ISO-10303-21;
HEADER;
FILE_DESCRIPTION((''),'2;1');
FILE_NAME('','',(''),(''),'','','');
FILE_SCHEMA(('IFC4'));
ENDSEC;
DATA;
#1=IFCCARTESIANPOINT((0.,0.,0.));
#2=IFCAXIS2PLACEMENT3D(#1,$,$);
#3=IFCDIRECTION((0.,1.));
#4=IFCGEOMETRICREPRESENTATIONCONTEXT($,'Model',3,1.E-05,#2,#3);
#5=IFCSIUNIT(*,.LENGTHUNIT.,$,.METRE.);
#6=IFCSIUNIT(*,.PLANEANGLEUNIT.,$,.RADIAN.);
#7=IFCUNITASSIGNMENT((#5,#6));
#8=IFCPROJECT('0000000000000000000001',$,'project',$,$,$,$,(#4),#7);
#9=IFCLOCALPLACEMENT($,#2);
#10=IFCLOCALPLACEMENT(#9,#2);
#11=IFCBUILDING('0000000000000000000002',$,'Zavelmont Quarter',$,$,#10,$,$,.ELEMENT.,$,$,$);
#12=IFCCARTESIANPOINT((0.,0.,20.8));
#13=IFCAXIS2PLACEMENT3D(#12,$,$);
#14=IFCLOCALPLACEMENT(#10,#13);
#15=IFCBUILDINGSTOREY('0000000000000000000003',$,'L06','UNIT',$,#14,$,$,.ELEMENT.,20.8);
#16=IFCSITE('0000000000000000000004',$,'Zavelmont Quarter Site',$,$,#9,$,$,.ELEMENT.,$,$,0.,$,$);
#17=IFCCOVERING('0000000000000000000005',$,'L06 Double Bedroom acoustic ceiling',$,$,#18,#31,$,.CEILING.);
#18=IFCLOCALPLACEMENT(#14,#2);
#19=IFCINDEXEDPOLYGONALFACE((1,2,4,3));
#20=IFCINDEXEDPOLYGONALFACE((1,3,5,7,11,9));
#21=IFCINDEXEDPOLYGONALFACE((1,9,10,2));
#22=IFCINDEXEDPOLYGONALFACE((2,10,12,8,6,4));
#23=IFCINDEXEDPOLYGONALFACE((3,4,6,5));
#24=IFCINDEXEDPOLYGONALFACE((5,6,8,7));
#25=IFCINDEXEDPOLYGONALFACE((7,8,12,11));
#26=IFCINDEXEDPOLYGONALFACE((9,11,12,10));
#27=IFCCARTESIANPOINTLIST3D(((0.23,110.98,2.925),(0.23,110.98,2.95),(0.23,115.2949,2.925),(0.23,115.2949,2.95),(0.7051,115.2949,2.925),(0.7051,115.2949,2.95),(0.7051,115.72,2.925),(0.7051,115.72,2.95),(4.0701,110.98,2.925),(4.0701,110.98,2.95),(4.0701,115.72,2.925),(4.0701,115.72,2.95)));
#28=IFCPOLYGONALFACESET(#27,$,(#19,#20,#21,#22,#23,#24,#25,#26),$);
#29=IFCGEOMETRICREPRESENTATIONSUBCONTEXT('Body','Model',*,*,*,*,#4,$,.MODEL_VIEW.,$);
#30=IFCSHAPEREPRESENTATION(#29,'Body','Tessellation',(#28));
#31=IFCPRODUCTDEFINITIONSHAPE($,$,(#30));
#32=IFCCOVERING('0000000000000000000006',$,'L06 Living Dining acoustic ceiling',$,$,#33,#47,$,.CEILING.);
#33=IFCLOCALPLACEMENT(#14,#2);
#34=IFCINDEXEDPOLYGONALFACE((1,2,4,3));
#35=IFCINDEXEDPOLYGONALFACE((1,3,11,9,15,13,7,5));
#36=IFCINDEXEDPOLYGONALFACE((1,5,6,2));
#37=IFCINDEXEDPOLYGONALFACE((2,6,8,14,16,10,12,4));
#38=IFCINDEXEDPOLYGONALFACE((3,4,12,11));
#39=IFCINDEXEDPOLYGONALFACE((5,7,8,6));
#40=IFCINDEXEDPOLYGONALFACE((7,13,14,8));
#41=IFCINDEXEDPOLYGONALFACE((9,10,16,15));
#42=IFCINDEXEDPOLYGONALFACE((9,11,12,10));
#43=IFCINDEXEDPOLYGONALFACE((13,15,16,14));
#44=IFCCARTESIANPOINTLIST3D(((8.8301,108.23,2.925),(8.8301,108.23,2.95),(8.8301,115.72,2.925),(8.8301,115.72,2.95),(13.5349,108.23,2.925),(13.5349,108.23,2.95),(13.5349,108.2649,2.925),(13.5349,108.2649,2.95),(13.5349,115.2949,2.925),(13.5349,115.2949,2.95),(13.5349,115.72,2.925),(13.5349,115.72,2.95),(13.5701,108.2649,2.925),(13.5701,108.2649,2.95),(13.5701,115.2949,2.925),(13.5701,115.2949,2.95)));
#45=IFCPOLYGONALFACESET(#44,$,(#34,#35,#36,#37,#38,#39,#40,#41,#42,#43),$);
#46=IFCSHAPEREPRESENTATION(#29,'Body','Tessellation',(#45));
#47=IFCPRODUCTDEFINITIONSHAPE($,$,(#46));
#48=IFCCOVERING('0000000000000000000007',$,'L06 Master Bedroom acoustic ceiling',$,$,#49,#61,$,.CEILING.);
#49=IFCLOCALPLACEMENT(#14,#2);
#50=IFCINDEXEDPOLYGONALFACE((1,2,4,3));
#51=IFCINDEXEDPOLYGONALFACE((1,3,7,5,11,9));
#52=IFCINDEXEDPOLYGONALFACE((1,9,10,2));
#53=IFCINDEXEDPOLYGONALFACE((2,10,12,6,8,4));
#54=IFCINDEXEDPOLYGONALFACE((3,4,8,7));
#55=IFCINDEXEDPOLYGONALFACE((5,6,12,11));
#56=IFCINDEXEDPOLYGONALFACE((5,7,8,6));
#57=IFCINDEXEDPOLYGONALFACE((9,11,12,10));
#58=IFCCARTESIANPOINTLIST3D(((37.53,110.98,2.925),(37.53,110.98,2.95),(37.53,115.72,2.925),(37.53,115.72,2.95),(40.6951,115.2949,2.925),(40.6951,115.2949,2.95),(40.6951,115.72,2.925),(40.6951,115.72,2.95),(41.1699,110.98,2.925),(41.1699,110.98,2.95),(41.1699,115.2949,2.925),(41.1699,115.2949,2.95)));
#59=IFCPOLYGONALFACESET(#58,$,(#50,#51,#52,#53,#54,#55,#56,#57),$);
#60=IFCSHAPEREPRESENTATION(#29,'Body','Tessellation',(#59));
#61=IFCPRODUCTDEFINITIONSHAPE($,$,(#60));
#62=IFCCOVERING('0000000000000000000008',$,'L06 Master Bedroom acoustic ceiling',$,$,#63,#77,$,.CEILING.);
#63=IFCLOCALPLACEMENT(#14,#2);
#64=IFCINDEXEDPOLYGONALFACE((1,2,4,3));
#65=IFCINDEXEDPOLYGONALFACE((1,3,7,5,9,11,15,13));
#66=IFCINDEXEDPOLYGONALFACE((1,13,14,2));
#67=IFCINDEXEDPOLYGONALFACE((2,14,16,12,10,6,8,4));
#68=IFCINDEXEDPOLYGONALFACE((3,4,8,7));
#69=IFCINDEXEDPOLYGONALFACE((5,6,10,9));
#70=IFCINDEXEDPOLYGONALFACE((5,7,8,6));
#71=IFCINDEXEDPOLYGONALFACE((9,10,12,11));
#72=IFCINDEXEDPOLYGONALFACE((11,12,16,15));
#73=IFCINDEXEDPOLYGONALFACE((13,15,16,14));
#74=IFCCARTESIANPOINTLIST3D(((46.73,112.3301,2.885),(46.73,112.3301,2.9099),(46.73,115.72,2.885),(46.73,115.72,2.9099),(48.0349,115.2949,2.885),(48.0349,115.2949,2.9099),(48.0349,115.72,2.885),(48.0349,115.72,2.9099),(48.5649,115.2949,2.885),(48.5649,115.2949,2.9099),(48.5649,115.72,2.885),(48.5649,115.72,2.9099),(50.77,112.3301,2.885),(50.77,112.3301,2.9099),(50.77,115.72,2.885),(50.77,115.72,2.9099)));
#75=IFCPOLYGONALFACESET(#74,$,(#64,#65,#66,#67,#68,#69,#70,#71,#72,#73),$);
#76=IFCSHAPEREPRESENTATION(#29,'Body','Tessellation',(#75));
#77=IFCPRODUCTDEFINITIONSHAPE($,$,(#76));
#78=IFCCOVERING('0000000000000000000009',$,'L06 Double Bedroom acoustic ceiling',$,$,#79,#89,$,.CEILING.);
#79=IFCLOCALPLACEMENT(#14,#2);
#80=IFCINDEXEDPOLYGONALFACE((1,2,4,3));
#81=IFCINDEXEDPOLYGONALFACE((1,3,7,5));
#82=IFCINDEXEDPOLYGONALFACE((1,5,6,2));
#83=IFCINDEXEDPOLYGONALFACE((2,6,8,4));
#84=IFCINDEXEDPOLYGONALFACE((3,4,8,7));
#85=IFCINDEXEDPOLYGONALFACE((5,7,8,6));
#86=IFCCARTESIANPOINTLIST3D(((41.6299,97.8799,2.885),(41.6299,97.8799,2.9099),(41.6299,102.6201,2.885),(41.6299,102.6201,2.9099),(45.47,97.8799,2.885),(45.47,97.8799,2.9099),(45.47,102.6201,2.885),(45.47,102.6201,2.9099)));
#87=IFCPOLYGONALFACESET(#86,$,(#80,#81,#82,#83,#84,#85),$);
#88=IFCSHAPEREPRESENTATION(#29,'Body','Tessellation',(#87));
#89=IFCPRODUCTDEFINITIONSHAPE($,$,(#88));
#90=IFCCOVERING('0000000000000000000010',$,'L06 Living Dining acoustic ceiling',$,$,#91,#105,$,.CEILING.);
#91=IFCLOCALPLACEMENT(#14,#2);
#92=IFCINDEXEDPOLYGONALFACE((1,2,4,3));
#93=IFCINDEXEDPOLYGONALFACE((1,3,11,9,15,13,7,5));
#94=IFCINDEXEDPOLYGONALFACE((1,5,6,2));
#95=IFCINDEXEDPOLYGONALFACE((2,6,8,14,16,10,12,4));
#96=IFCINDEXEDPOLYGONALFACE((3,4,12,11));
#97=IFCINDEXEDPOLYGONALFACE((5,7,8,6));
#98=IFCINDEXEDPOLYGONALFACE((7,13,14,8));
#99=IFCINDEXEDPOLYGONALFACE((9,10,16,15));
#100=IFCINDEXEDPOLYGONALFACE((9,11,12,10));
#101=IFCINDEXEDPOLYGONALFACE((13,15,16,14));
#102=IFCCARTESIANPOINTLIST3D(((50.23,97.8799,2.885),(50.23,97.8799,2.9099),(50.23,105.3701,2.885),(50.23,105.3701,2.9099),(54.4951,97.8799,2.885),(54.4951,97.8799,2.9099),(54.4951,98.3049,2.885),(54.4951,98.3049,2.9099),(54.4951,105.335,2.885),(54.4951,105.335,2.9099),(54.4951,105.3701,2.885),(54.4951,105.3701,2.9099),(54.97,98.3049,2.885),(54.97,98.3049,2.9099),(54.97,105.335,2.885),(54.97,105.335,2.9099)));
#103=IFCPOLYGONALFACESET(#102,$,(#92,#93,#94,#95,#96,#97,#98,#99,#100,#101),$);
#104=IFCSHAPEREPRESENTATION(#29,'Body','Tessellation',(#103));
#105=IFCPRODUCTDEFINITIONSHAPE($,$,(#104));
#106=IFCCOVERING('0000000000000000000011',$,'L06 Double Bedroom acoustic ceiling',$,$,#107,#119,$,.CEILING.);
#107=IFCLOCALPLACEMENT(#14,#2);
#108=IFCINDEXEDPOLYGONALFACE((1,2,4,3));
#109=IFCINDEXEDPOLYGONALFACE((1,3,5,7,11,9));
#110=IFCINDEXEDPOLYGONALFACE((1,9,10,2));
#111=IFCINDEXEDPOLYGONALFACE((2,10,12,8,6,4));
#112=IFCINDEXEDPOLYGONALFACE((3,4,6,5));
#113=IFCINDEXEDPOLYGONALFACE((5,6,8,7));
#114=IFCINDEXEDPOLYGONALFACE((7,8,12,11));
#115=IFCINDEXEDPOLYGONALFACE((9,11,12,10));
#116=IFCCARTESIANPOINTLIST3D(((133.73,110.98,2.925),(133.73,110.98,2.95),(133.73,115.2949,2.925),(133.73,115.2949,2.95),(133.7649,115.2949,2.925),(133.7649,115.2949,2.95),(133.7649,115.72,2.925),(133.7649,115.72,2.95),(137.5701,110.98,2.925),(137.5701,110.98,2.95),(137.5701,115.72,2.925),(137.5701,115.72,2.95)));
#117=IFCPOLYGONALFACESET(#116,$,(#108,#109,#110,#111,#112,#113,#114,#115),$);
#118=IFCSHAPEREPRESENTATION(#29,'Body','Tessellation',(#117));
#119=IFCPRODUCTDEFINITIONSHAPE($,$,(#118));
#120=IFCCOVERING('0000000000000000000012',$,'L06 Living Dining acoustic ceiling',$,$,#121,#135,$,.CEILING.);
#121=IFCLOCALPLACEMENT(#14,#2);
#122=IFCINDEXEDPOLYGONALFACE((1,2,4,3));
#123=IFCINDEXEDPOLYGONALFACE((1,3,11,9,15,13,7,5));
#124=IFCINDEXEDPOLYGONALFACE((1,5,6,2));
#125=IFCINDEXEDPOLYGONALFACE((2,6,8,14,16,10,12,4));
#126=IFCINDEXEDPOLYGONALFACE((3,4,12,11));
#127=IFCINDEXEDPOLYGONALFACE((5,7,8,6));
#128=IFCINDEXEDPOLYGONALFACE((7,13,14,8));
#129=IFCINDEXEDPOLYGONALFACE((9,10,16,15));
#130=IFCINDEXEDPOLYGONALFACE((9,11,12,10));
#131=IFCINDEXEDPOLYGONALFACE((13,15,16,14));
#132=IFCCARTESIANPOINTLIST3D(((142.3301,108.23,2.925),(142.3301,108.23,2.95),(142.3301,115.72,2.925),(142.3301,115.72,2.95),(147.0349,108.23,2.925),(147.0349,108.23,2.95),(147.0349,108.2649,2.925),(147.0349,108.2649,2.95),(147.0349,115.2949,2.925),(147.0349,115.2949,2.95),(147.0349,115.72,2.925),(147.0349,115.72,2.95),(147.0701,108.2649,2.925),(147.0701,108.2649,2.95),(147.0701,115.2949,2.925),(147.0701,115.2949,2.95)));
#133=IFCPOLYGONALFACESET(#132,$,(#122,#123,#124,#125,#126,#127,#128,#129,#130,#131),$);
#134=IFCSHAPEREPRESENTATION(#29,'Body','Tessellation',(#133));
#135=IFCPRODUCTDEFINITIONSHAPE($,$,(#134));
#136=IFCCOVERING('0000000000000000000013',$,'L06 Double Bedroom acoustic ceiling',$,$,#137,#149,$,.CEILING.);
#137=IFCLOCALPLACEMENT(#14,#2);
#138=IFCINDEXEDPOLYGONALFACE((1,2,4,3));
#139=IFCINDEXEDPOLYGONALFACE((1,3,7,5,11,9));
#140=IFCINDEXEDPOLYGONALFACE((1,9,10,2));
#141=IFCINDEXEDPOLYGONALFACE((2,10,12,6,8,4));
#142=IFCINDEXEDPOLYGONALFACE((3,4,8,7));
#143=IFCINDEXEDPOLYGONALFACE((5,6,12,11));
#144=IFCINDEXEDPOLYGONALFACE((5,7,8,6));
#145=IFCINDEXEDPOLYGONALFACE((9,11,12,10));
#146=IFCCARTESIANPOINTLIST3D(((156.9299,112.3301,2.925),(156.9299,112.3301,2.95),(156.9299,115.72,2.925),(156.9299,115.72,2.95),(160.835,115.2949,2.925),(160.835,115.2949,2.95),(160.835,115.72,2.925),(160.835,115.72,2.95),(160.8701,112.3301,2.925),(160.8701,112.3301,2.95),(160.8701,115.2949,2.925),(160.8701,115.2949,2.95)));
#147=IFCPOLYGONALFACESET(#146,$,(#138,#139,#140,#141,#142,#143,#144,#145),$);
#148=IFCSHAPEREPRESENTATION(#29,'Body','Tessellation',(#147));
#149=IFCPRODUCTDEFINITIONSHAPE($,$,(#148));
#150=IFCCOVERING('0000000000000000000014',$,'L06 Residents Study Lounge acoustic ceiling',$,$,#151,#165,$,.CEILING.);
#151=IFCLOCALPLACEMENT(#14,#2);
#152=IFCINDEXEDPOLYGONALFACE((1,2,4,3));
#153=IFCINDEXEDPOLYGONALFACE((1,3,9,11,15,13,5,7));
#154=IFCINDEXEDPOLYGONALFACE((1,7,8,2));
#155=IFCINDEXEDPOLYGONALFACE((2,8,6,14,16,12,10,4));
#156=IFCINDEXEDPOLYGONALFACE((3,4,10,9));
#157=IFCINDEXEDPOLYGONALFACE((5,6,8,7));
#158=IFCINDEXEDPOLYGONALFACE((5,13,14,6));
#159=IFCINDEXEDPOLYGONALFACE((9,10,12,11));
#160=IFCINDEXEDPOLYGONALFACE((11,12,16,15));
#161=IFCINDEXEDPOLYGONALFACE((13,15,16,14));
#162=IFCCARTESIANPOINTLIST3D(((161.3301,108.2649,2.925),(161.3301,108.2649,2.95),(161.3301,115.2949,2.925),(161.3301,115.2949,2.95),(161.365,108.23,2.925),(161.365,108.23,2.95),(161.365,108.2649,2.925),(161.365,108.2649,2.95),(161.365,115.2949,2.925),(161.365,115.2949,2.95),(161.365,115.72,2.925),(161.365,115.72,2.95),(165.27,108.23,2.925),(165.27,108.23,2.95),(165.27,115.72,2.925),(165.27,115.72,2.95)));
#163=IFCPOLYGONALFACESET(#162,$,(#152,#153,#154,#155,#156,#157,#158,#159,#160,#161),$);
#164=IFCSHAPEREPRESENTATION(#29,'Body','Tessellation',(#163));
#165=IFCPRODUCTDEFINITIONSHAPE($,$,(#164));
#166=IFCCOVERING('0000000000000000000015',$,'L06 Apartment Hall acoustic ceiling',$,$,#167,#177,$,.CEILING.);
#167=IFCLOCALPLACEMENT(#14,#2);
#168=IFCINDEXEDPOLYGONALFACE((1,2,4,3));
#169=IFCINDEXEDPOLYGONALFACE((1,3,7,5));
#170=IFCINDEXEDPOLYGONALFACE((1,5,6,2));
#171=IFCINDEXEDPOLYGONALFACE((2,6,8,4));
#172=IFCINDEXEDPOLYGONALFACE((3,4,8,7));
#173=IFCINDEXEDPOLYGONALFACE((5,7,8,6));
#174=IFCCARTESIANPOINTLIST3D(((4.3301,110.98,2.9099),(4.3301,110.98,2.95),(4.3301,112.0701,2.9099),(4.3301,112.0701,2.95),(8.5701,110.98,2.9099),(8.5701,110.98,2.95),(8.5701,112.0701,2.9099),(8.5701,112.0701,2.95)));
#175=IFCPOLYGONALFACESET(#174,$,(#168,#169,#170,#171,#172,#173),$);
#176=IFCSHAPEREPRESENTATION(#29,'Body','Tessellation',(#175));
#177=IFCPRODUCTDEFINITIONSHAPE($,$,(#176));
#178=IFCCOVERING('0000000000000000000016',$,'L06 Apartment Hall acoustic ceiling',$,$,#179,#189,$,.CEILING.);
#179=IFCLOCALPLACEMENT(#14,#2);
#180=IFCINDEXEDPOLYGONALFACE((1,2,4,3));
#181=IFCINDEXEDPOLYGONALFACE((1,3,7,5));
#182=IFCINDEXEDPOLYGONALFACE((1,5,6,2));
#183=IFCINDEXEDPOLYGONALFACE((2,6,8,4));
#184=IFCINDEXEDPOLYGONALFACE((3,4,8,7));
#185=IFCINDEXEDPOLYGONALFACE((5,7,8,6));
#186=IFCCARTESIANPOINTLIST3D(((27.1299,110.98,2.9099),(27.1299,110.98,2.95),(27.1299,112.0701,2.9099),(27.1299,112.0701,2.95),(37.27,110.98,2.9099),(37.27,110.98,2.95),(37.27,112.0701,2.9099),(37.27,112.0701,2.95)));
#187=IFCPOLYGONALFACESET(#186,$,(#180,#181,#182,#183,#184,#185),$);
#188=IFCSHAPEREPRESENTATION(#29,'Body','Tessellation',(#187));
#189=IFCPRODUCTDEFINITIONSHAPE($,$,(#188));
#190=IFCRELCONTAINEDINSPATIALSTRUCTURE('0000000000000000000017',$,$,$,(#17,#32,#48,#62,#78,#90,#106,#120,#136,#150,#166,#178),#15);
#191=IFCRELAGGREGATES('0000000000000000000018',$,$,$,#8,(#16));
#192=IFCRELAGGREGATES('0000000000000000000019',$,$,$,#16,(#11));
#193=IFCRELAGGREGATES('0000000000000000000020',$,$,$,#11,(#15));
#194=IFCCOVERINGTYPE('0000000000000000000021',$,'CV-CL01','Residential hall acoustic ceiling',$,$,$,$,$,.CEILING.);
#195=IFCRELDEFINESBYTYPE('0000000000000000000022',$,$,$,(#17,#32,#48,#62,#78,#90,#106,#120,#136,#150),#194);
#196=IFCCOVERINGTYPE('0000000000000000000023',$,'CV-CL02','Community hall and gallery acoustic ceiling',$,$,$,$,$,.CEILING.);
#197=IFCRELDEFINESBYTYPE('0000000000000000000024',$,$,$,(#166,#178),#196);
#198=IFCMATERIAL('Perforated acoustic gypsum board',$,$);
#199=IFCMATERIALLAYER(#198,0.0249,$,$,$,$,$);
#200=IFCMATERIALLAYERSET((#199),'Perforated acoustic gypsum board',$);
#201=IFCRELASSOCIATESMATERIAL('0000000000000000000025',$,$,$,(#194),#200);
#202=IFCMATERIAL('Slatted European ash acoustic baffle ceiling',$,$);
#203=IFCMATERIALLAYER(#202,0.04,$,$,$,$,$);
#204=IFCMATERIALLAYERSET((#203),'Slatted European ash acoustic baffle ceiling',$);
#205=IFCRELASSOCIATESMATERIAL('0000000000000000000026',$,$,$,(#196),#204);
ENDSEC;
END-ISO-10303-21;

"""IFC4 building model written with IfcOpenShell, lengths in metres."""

from ifc_helpers import new_model, si_unit, direction, frame, origin, place, context, subcontext, project, spatial, polyline, outline, extrude, material, layer, layer_set, type_object, element, save


model = new_model("IFC4")

# Units and contexts
model_context = context("Model", 3, precision=1e-05, world=origin(), true_north=direction((0.0, 1.0)))
body_context = subcontext(model_context, "Body", "Model", "MODEL_VIEW")
ifc_project = project(units=[si_unit("LENGTHUNIT", "METRE"), si_unit("PLANEANGLEUNIT", "RADIAN")], contexts=[model_context])

# Site, building, storey
site_placement = place(None, origin())
site = spatial("IfcSite", under=ifc_project, at=site_placement, Name="Zavelmont Quarter Site", CompositionType="ELEMENT", RefElevation=0.0)
building_placement = place(site_placement, origin())
building = spatial("IfcBuilding", under=site, at=building_placement, Name="Zavelmont Quarter", CompositionType="ELEMENT")
storey_placement = place(building_placement, frame((0.0, 0.0, 20.8)))
storey = spatial("IfcBuildingStorey", under=building, at=storey_placement, Name="L06", Description="UNIT", CompositionType="ELEMENT", Elevation=20.8)

# Coverings
ifc_material_1 = material(Name="Perforated acoustic gypsum board")
ifc_layer_1 = layer(ifc_material_1, 0.0249)
ifc_layer_set_1 = layer_set([ifc_layer_1], Name="Perforated acoustic gypsum board")
covering_type_1 = type_object("IfcCoveringType", Name="CV-CL01", Description="Residential hall acoustic ceiling", PredefinedType="CEILING", material=ifc_layer_set_1)
covering_1_placement = place(storey_placement, frame((0.0, 0.0, 2.925)))
element("IfcCovering", 1, at=covering_1_placement, inside=storey, type_object=covering_type_1, Name="L06 Double Bedroom acoustic ceiling", PredefinedType="CEILING", context=body_context, shape_type="SweptSolid", body=[
    extrude(outline(polyline([(0.23, 115.2949), (0.7051, 115.2949), (0.7051, 115.72), (4.0701, 115.72), (4.0701, 110.98), (0.23, 110.98), (0.23, 115.2949)])), origin(), (0.0, 0.0, 1.0), 0.0249),
])
covering_2_placement = place(storey_placement, frame((0.0, 0.0, 2.925)))
element("IfcCovering", 2, at=covering_2_placement, inside=storey, type_object=covering_type_1, Name="L06 Living Dining acoustic ceiling", PredefinedType="CEILING", context=body_context, shape_type="SweptSolid", body=[
    extrude(outline(polyline([(8.8301, 115.72), (13.5349, 115.72), (13.5349, 115.2949), (13.5701, 115.2949), (13.5701, 108.2649), (13.5349, 108.2649), (13.5349, 108.23), (8.8301, 108.23), (8.8301, 115.72)])), origin(), (0.0, 0.0, 1.0), 0.0249),
])
covering_3_placement = place(storey_placement, frame((0.0, 0.0, 2.925)))
element("IfcCovering", 3, at=covering_3_placement, inside=storey, type_object=covering_type_1, Name="L06 Master Bedroom acoustic ceiling", PredefinedType="CEILING", context=body_context, shape_type="SweptSolid", body=[
    extrude(outline(polyline([(37.53, 115.72), (40.6951, 115.72), (40.6951, 115.2949), (41.1699, 115.2949), (41.1699, 110.98), (37.53, 110.98), (37.53, 115.72)])), origin(), (0.0, 0.0, 1.0), 0.0249),
])
covering_4_placement = place(storey_placement, frame((0.0, 0.0, 2.885)))
element("IfcCovering", 4, at=covering_4_placement, inside=storey, type_object=covering_type_1, Name="L06 Master Bedroom acoustic ceiling", PredefinedType="CEILING", context=body_context, shape_type="SweptSolid", body=[
    extrude(outline(polyline([(46.73, 115.72), (48.0349, 115.72), (48.0349, 115.2949), (48.5649, 115.2949), (48.5649, 115.72), (50.77, 115.72), (50.77, 112.3301), (46.73, 112.3301), (46.73, 115.72)])), origin(), (0.0, 0.0, 1.0), 0.0249),
])
covering_5_placement = place(storey_placement, frame((0.0, 0.0, 2.885)))
element("IfcCovering", 5, at=covering_5_placement, inside=storey, type_object=covering_type_1, Name="L06 Double Bedroom acoustic ceiling", PredefinedType="CEILING", context=body_context, shape_type="SweptSolid", body=[
    extrude(outline(polyline([(41.6299, 102.6201), (45.47, 102.6201), (45.47, 97.8799), (41.6299, 97.8799), (41.6299, 102.6201)])), origin(), (0.0, 0.0, 1.0), 0.0249),
])
covering_6_placement = place(storey_placement, frame((0.0, 0.0, 2.885)))
element("IfcCovering", 6, at=covering_6_placement, inside=storey, type_object=covering_type_1, Name="L06 Living Dining acoustic ceiling", PredefinedType="CEILING", context=body_context, shape_type="SweptSolid", body=[
    extrude(outline(polyline([(50.23, 105.3701), (54.4951, 105.3701), (54.4951, 105.335), (54.97, 105.335), (54.97, 98.3049), (54.4951, 98.3049), (54.4951, 97.8799), (50.23, 97.8799), (50.23, 105.3701)])), origin(), (0.0, 0.0, 1.0), 0.0249),
])
covering_7_placement = place(storey_placement, frame((0.0, 0.0, 2.925)))
element("IfcCovering", 7, at=covering_7_placement, inside=storey, type_object=covering_type_1, Name="L06 Double Bedroom acoustic ceiling", PredefinedType="CEILING", context=body_context, shape_type="SweptSolid", body=[
    extrude(outline(polyline([(133.73, 115.2949), (133.7649, 115.2949), (133.7649, 115.72), (137.5701, 115.72), (137.5701, 110.98), (133.73, 110.98), (133.73, 115.2949)])), origin(), (0.0, 0.0, 1.0), 0.0249),
])
covering_8_placement = place(storey_placement, frame((0.0, 0.0, 2.925)))
element("IfcCovering", 8, at=covering_8_placement, inside=storey, type_object=covering_type_1, Name="L06 Living Dining acoustic ceiling", PredefinedType="CEILING", context=body_context, shape_type="SweptSolid", body=[
    extrude(outline(polyline([(142.3301, 115.72), (147.0349, 115.72), (147.0349, 115.2949), (147.0701, 115.2949), (147.0701, 108.2649), (147.0349, 108.2649), (147.0349, 108.23), (142.3301, 108.23), (142.3301, 115.72)])), origin(), (0.0, 0.0, 1.0), 0.0249),
])
covering_9_placement = place(storey_placement, frame((0.0, 0.0, 2.925)))
element("IfcCovering", 9, at=covering_9_placement, inside=storey, type_object=covering_type_1, Name="L06 Double Bedroom acoustic ceiling", PredefinedType="CEILING", context=body_context, shape_type="SweptSolid", body=[
    extrude(outline(polyline([(156.9299, 115.72), (160.835, 115.72), (160.835, 115.2949), (160.8701, 115.2949), (160.8701, 112.3301), (156.9299, 112.3301), (156.9299, 115.72)])), origin(), (0.0, 0.0, 1.0), 0.0249),
])
covering_10_placement = place(storey_placement, frame((0.0, 0.0, 2.925)))
element("IfcCovering", 10, at=covering_10_placement, inside=storey, type_object=covering_type_1, Name="L06 Residents Study Lounge acoustic ceiling", PredefinedType="CEILING", context=body_context, shape_type="SweptSolid", body=[
    extrude(outline(polyline([(161.3301, 115.2949), (161.365, 115.2949), (161.365, 115.72), (165.27, 115.72), (165.27, 108.23), (161.365, 108.23), (161.365, 108.2649), (161.3301, 108.2649), (161.3301, 115.2949)])), origin(), (0.0, 0.0, 1.0), 0.0249),
])
ifc_material_2 = material(Name="Slatted European ash acoustic baffle ceiling")
ifc_layer_2 = layer(ifc_material_2, 0.04)
ifc_layer_set_2 = layer_set([ifc_layer_2], Name="Slatted European ash acoustic baffle ceiling")
covering_type_2 = type_object("IfcCoveringType", Name="CV-CL02", Description="Community hall and gallery acoustic ceiling", PredefinedType="CEILING", material=ifc_layer_set_2)
covering_11_placement = place(storey_placement, frame((0.0, 0.0, 2.9099)))
element("IfcCovering", 11, at=covering_11_placement, inside=storey, type_object=covering_type_2, Name="L06 Apartment Hall acoustic ceiling", PredefinedType="CEILING", context=body_context, shape_type="SweptSolid", body=[
    extrude(outline(polyline([(4.3301, 112.0701), (8.5701, 112.0701), (8.5701, 110.98), (4.3301, 110.98), (4.3301, 112.0701)])), origin(), (0.0, 0.0, 1.0), 0.04),
])
covering_12_placement = place(storey_placement, frame((0.0, 0.0, 2.9099)))
element("IfcCovering", 12, at=covering_12_placement, inside=storey, type_object=covering_type_2, Name="L06 Apartment Hall acoustic ceiling", PredefinedType="CEILING", context=body_context, shape_type="SweptSolid", body=[
    extrude(outline(polyline([(27.1299, 112.0701), (37.27, 112.0701), (37.27, 110.98), (27.1299, 110.98), (27.1299, 112.0701)])), origin(), (0.0, 0.0, 1.0), 0.04),
])

save(model, "model.ifc")
